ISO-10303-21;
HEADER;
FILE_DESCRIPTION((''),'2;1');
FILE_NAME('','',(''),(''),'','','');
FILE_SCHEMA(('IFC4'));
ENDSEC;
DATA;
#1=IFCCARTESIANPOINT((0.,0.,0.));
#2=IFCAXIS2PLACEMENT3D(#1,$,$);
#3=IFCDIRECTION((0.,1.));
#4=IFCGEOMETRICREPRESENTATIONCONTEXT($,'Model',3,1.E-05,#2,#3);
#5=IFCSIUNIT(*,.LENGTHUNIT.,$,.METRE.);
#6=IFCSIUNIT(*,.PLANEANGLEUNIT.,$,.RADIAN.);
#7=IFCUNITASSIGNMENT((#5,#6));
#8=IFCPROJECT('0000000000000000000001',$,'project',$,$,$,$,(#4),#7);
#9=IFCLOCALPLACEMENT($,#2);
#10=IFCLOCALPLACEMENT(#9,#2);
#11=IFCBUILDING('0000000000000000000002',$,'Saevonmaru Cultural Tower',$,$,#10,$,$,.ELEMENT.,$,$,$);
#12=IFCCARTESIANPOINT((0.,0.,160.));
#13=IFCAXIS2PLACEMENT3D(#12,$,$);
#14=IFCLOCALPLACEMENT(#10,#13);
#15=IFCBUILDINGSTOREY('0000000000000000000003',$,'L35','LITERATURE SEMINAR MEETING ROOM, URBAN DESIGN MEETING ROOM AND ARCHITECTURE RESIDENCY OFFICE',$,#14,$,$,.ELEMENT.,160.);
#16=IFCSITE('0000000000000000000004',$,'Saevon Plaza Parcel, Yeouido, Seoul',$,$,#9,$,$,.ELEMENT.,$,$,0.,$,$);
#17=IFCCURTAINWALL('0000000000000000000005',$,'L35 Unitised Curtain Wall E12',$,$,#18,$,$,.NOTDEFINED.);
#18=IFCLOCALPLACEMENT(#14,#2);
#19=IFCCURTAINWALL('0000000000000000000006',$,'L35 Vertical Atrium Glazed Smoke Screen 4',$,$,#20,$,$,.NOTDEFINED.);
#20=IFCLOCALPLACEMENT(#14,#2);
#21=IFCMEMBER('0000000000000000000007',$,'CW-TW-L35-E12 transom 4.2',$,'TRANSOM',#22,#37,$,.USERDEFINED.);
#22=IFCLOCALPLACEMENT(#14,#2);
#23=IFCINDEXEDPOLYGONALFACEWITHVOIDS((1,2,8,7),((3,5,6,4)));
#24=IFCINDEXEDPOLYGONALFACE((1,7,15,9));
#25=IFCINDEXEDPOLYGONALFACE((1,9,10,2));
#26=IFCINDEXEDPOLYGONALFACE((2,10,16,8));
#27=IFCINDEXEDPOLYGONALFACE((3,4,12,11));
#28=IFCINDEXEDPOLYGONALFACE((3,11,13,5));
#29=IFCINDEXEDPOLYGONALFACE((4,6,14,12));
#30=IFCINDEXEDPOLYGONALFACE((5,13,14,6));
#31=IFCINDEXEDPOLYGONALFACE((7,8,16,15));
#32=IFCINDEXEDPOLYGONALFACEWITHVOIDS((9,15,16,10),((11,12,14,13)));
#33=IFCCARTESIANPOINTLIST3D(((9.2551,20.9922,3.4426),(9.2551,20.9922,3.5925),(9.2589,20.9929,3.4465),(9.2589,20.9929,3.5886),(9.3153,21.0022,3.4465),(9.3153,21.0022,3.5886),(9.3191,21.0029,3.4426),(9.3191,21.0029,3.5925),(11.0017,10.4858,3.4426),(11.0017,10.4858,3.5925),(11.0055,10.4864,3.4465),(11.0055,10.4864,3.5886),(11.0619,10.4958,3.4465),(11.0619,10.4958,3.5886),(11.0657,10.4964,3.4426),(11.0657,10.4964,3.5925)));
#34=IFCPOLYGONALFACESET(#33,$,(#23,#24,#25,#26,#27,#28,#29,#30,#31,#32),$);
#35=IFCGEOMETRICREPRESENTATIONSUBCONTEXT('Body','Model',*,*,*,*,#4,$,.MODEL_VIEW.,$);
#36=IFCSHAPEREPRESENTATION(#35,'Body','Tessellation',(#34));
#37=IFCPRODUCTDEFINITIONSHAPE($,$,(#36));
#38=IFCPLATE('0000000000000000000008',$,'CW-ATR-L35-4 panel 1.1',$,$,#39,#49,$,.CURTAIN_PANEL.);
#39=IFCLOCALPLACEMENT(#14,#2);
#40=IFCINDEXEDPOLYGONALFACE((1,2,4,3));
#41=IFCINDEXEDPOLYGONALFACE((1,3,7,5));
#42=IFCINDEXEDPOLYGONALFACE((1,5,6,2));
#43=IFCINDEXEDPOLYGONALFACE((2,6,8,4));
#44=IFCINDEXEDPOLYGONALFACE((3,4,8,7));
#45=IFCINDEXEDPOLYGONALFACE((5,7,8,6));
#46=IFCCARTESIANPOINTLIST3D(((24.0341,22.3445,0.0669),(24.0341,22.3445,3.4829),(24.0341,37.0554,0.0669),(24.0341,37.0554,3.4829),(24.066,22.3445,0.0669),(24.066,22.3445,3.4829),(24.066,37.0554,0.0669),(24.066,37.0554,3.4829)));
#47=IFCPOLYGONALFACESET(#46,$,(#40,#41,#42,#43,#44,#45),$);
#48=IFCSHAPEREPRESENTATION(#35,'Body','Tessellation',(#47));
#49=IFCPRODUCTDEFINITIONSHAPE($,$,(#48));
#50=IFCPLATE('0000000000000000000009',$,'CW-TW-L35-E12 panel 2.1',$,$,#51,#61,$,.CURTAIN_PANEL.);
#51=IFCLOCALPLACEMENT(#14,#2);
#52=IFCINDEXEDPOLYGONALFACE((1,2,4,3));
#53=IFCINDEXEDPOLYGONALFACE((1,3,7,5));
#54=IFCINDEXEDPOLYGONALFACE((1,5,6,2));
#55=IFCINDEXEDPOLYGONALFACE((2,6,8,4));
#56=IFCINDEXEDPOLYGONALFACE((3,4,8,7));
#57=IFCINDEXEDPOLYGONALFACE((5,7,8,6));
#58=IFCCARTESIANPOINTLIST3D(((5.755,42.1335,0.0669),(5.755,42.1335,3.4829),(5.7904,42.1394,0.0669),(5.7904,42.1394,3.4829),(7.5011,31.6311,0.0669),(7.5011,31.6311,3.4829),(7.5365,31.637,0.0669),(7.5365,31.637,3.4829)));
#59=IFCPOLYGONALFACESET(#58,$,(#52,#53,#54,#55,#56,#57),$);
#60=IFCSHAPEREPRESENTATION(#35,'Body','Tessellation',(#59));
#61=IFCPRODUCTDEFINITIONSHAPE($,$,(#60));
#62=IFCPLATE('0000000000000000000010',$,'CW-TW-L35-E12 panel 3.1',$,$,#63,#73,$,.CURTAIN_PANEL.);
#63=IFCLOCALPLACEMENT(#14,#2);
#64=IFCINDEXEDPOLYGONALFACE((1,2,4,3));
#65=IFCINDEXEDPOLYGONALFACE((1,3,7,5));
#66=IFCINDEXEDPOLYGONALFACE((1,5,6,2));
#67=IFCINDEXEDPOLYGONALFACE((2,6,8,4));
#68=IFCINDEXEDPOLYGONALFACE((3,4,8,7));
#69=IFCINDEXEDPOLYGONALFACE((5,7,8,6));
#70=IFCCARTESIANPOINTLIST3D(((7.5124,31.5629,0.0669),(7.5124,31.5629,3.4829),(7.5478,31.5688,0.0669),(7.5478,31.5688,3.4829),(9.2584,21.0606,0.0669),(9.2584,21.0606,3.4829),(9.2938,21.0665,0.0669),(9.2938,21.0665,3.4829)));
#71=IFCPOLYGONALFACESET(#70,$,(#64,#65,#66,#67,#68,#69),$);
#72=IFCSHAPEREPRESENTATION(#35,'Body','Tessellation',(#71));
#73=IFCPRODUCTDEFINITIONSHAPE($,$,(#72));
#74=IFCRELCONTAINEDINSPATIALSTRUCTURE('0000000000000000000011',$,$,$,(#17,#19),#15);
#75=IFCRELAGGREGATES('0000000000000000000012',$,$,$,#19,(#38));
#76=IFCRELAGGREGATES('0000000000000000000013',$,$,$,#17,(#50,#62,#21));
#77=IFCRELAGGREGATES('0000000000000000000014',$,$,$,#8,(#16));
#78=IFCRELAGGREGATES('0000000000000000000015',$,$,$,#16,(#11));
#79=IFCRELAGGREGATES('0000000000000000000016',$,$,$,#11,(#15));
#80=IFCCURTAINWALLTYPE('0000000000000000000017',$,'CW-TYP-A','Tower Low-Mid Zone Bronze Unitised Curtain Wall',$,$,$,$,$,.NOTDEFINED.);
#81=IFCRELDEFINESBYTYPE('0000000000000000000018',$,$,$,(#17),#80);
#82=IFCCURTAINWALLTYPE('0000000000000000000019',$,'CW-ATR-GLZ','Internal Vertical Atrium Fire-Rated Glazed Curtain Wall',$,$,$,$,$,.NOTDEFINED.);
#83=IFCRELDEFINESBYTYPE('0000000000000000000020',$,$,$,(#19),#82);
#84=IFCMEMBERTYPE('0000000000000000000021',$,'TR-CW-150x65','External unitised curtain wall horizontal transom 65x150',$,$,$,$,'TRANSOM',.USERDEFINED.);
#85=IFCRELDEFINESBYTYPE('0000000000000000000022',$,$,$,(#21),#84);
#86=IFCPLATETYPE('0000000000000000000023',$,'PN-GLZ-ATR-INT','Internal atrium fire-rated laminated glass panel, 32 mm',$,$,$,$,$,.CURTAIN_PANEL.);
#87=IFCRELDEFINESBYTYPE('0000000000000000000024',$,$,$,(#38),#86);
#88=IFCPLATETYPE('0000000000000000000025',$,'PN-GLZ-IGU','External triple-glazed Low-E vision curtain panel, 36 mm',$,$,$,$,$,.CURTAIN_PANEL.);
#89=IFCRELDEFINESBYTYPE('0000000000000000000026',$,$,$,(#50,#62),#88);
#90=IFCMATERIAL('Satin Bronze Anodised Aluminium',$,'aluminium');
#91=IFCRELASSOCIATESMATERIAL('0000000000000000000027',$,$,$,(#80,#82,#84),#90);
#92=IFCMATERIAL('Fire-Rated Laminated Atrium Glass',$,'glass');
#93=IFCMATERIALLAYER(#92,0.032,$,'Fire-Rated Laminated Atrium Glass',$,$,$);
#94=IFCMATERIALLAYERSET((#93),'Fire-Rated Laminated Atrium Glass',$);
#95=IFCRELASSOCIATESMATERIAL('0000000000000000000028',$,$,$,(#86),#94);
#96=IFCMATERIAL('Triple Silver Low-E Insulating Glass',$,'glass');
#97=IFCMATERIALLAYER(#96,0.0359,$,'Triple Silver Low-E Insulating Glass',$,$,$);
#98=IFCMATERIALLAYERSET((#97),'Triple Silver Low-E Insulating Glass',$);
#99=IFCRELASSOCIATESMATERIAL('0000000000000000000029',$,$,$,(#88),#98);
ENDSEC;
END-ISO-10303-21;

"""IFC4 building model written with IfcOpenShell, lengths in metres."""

from ifc_helpers import new_model, si_unit, direction, frame, origin, origin_2d, place, context, subcontext, project, spatial, rectangle, hollow_rectangle, extrude, material, layer, layer_set, material_profile, profile_set, type_object, element, aggregate, save


model = new_model("IFC4")

# Units and contexts
model_context = context("Model", 3, precision=1e-05, world=origin(), true_north=direction((0.0, 1.0)))
body_context = subcontext(model_context, "Body", "Model", "MODEL_VIEW")
ifc_project = project(units=[si_unit("LENGTHUNIT", "METRE"), si_unit("PLANEANGLEUNIT", "RADIAN")], contexts=[model_context])

# Site, building, storey
site_placement = place(None, origin())
site = spatial("IfcSite", under=ifc_project, at=site_placement, Name="Saevon Plaza Parcel, Yeouido, Seoul", CompositionType="ELEMENT", RefElevation=0.0)
building_placement = place(site_placement, origin())
building = spatial("IfcBuilding", under=site, at=building_placement, Name="Saevonmaru Cultural Tower", CompositionType="ELEMENT")
storey_placement = place(building_placement, frame((0.0, 0.0, 160.0)))
storey = spatial("IfcBuildingStorey", under=building, at=storey_placement, Name="L35", Description="LITERATURE SEMINAR MEETING ROOM, URBAN DESIGN MEETING ROOM AND ARCHITECTURE RESIDENCY OFFICE", CompositionType="ELEMENT", Elevation=160.0)

# Curtain wall
ifc_material_1 = material(Name="Satin Bronze Anodised Aluminium", Category="aluminium")
curtain_wall_type_1 = type_object("IfcCurtainWallType", Name="CW-TYP-A", Description="Tower Low-Mid Zone Bronze Unitised Curtain Wall", PredefinedType="NOTDEFINED", material=ifc_material_1)
curtain_wall_1_placement = place(storey_placement, origin())
curtain_wall_1 = element("IfcCurtainWall", 1, at=curtain_wall_1_placement, inside=storey, type_object=curtain_wall_type_1, Name="L35 Unitised Curtain Wall E12", PredefinedType="NOTDEFINED")

# Curtain wall
curtain_wall_type_2 = type_object("IfcCurtainWallType", Name="CW-ATR-GLZ", Description="Internal Vertical Atrium Fire-Rated Glazed Curtain Wall", PredefinedType="NOTDEFINED", material=ifc_material_1)
curtain_wall_2_placement = place(storey_placement, origin())
curtain_wall_2 = element("IfcCurtainWall", 2, at=curtain_wall_2_placement, inside=storey, type_object=curtain_wall_type_2, Name="L35 Vertical Atrium Glazed Smoke Screen 4", PredefinedType="NOTDEFINED")

# Member
ifc_material_profile_1 = material_profile(ifc_material_1, hollow_rectangle(XDim=0.0649, YDim=0.1499, WallThickness=0.0039, at=origin_2d()), Name="ALU-TRAN-150x65x4")
ifc_profile_set_1 = profile_set([ifc_material_profile_1], Name="Satin Bronze Anodised Aluminium")
member_type_1 = type_object("IfcMemberType", Name="TR-CW-150x65", Description="External unitised curtain wall horizontal transom 65x150", ElementType="TRANSOM", PredefinedType="USERDEFINED", material=ifc_profile_set_1)
member_1_placement = place(storey_placement, frame((9.2871, 20.9976, 3.5176), z_axis=(0.16399, -0.986462, 0.0), x_axis=(0.986462, 0.16399, 0.0)))
member_1 = element("IfcMember", 3, at=member_1_placement, type_object=member_type_1, Name="CW-TW-L35-E12 transom 4.2", ObjectType="TRANSOM", PredefinedType="USERDEFINED", context=body_context, shape_type="SweptSolid", body=[
    extrude(hollow_rectangle(XDim=0.0649, YDim=0.1499, WallThickness=0.0039, at=origin_2d()), origin(), (0.0, 0.0, 1.0), 10.6506),
])

# Plates
ifc_material_2 = material(Name="Fire-Rated Laminated Atrium Glass", Category="glass")
ifc_layer_1 = layer(ifc_material_2, 0.032, Name="Fire-Rated Laminated Atrium Glass")
ifc_layer_set_1 = layer_set([ifc_layer_1], Name="Fire-Rated Laminated Atrium Glass")
plate_type_1 = type_object("IfcPlateType", Name="PN-GLZ-ATR-INT", Description="Internal atrium fire-rated laminated glass panel, 32 mm", PredefinedType="CURTAIN_PANEL", material=ifc_layer_set_1)
plate_1_placement = place(storey_placement, frame((24.05, 29.7, 0.0669), z_axis=(0.0, 0.0, 1.0), x_axis=(0.0, -1.0, 0.0)))
plate_1 = element("IfcPlate", 4, at=plate_1_placement, type_object=plate_type_1, Name="CW-ATR-L35-4 panel 1.1", PredefinedType="CURTAIN_PANEL", context=body_context, shape_type="SweptSolid", body=[
    extrude(rectangle(XDim=14.7109, YDim=0.032, at=origin_2d()), origin(), (0.0, 0.0, 1.0), 3.416),
])
aggregate(curtain_wall_2, [plate_1])
ifc_material_3 = material(Name="Triple Silver Low-E Insulating Glass", Category="glass")
ifc_layer_2 = layer(ifc_material_3, 0.0359, Name="Triple Silver Low-E Insulating Glass")
ifc_layer_set_2 = layer_set([ifc_layer_2], Name="Triple Silver Low-E Insulating Glass")
plate_type_2 = type_object("IfcPlateType", Name="PN-GLZ-IGU", Description="External triple-glazed Low-E vision curtain panel, 36 mm", PredefinedType="CURTAIN_PANEL", material=ifc_layer_set_2)
plate_2_placement = place(storey_placement, frame((6.6458, 36.8853, 0.0669), z_axis=(0.0, 0.0, 1.0), x_axis=(0.163999, -0.986461, 0.0)))
plate_2 = element("IfcPlate", 5, at=plate_2_placement, type_object=plate_type_2, Name="CW-TW-L35-E12 panel 2.1", PredefinedType="CURTAIN_PANEL", context=body_context, shape_type="SweptSolid", body=[
    extrude(rectangle(XDim=10.6465, YDim=0.0359, at=origin_2d()), origin(), (0.0, 0.0, 1.0), 3.416),
])
plate_3_placement = place(storey_placement, frame((8.4031, 26.3147, 0.0669), z_axis=(0.0, 0.0, 1.0), x_axis=(0.163999, -0.986461, 0.0)))
plate_3 = element("IfcPlate", 6, at=plate_3_placement, type_object=plate_type_2, Name="CW-TW-L35-E12 panel 3.1", PredefinedType="CURTAIN_PANEL", context=body_context, shape_type="SweptSolid", body=[
    extrude(rectangle(XDim=10.6465, YDim=0.0359, at=origin_2d()), origin(), (0.0, 0.0, 1.0), 3.416),
])
aggregate(curtain_wall_1, [plate_2, plate_3, member_1])

save(model, "model.ifc")
